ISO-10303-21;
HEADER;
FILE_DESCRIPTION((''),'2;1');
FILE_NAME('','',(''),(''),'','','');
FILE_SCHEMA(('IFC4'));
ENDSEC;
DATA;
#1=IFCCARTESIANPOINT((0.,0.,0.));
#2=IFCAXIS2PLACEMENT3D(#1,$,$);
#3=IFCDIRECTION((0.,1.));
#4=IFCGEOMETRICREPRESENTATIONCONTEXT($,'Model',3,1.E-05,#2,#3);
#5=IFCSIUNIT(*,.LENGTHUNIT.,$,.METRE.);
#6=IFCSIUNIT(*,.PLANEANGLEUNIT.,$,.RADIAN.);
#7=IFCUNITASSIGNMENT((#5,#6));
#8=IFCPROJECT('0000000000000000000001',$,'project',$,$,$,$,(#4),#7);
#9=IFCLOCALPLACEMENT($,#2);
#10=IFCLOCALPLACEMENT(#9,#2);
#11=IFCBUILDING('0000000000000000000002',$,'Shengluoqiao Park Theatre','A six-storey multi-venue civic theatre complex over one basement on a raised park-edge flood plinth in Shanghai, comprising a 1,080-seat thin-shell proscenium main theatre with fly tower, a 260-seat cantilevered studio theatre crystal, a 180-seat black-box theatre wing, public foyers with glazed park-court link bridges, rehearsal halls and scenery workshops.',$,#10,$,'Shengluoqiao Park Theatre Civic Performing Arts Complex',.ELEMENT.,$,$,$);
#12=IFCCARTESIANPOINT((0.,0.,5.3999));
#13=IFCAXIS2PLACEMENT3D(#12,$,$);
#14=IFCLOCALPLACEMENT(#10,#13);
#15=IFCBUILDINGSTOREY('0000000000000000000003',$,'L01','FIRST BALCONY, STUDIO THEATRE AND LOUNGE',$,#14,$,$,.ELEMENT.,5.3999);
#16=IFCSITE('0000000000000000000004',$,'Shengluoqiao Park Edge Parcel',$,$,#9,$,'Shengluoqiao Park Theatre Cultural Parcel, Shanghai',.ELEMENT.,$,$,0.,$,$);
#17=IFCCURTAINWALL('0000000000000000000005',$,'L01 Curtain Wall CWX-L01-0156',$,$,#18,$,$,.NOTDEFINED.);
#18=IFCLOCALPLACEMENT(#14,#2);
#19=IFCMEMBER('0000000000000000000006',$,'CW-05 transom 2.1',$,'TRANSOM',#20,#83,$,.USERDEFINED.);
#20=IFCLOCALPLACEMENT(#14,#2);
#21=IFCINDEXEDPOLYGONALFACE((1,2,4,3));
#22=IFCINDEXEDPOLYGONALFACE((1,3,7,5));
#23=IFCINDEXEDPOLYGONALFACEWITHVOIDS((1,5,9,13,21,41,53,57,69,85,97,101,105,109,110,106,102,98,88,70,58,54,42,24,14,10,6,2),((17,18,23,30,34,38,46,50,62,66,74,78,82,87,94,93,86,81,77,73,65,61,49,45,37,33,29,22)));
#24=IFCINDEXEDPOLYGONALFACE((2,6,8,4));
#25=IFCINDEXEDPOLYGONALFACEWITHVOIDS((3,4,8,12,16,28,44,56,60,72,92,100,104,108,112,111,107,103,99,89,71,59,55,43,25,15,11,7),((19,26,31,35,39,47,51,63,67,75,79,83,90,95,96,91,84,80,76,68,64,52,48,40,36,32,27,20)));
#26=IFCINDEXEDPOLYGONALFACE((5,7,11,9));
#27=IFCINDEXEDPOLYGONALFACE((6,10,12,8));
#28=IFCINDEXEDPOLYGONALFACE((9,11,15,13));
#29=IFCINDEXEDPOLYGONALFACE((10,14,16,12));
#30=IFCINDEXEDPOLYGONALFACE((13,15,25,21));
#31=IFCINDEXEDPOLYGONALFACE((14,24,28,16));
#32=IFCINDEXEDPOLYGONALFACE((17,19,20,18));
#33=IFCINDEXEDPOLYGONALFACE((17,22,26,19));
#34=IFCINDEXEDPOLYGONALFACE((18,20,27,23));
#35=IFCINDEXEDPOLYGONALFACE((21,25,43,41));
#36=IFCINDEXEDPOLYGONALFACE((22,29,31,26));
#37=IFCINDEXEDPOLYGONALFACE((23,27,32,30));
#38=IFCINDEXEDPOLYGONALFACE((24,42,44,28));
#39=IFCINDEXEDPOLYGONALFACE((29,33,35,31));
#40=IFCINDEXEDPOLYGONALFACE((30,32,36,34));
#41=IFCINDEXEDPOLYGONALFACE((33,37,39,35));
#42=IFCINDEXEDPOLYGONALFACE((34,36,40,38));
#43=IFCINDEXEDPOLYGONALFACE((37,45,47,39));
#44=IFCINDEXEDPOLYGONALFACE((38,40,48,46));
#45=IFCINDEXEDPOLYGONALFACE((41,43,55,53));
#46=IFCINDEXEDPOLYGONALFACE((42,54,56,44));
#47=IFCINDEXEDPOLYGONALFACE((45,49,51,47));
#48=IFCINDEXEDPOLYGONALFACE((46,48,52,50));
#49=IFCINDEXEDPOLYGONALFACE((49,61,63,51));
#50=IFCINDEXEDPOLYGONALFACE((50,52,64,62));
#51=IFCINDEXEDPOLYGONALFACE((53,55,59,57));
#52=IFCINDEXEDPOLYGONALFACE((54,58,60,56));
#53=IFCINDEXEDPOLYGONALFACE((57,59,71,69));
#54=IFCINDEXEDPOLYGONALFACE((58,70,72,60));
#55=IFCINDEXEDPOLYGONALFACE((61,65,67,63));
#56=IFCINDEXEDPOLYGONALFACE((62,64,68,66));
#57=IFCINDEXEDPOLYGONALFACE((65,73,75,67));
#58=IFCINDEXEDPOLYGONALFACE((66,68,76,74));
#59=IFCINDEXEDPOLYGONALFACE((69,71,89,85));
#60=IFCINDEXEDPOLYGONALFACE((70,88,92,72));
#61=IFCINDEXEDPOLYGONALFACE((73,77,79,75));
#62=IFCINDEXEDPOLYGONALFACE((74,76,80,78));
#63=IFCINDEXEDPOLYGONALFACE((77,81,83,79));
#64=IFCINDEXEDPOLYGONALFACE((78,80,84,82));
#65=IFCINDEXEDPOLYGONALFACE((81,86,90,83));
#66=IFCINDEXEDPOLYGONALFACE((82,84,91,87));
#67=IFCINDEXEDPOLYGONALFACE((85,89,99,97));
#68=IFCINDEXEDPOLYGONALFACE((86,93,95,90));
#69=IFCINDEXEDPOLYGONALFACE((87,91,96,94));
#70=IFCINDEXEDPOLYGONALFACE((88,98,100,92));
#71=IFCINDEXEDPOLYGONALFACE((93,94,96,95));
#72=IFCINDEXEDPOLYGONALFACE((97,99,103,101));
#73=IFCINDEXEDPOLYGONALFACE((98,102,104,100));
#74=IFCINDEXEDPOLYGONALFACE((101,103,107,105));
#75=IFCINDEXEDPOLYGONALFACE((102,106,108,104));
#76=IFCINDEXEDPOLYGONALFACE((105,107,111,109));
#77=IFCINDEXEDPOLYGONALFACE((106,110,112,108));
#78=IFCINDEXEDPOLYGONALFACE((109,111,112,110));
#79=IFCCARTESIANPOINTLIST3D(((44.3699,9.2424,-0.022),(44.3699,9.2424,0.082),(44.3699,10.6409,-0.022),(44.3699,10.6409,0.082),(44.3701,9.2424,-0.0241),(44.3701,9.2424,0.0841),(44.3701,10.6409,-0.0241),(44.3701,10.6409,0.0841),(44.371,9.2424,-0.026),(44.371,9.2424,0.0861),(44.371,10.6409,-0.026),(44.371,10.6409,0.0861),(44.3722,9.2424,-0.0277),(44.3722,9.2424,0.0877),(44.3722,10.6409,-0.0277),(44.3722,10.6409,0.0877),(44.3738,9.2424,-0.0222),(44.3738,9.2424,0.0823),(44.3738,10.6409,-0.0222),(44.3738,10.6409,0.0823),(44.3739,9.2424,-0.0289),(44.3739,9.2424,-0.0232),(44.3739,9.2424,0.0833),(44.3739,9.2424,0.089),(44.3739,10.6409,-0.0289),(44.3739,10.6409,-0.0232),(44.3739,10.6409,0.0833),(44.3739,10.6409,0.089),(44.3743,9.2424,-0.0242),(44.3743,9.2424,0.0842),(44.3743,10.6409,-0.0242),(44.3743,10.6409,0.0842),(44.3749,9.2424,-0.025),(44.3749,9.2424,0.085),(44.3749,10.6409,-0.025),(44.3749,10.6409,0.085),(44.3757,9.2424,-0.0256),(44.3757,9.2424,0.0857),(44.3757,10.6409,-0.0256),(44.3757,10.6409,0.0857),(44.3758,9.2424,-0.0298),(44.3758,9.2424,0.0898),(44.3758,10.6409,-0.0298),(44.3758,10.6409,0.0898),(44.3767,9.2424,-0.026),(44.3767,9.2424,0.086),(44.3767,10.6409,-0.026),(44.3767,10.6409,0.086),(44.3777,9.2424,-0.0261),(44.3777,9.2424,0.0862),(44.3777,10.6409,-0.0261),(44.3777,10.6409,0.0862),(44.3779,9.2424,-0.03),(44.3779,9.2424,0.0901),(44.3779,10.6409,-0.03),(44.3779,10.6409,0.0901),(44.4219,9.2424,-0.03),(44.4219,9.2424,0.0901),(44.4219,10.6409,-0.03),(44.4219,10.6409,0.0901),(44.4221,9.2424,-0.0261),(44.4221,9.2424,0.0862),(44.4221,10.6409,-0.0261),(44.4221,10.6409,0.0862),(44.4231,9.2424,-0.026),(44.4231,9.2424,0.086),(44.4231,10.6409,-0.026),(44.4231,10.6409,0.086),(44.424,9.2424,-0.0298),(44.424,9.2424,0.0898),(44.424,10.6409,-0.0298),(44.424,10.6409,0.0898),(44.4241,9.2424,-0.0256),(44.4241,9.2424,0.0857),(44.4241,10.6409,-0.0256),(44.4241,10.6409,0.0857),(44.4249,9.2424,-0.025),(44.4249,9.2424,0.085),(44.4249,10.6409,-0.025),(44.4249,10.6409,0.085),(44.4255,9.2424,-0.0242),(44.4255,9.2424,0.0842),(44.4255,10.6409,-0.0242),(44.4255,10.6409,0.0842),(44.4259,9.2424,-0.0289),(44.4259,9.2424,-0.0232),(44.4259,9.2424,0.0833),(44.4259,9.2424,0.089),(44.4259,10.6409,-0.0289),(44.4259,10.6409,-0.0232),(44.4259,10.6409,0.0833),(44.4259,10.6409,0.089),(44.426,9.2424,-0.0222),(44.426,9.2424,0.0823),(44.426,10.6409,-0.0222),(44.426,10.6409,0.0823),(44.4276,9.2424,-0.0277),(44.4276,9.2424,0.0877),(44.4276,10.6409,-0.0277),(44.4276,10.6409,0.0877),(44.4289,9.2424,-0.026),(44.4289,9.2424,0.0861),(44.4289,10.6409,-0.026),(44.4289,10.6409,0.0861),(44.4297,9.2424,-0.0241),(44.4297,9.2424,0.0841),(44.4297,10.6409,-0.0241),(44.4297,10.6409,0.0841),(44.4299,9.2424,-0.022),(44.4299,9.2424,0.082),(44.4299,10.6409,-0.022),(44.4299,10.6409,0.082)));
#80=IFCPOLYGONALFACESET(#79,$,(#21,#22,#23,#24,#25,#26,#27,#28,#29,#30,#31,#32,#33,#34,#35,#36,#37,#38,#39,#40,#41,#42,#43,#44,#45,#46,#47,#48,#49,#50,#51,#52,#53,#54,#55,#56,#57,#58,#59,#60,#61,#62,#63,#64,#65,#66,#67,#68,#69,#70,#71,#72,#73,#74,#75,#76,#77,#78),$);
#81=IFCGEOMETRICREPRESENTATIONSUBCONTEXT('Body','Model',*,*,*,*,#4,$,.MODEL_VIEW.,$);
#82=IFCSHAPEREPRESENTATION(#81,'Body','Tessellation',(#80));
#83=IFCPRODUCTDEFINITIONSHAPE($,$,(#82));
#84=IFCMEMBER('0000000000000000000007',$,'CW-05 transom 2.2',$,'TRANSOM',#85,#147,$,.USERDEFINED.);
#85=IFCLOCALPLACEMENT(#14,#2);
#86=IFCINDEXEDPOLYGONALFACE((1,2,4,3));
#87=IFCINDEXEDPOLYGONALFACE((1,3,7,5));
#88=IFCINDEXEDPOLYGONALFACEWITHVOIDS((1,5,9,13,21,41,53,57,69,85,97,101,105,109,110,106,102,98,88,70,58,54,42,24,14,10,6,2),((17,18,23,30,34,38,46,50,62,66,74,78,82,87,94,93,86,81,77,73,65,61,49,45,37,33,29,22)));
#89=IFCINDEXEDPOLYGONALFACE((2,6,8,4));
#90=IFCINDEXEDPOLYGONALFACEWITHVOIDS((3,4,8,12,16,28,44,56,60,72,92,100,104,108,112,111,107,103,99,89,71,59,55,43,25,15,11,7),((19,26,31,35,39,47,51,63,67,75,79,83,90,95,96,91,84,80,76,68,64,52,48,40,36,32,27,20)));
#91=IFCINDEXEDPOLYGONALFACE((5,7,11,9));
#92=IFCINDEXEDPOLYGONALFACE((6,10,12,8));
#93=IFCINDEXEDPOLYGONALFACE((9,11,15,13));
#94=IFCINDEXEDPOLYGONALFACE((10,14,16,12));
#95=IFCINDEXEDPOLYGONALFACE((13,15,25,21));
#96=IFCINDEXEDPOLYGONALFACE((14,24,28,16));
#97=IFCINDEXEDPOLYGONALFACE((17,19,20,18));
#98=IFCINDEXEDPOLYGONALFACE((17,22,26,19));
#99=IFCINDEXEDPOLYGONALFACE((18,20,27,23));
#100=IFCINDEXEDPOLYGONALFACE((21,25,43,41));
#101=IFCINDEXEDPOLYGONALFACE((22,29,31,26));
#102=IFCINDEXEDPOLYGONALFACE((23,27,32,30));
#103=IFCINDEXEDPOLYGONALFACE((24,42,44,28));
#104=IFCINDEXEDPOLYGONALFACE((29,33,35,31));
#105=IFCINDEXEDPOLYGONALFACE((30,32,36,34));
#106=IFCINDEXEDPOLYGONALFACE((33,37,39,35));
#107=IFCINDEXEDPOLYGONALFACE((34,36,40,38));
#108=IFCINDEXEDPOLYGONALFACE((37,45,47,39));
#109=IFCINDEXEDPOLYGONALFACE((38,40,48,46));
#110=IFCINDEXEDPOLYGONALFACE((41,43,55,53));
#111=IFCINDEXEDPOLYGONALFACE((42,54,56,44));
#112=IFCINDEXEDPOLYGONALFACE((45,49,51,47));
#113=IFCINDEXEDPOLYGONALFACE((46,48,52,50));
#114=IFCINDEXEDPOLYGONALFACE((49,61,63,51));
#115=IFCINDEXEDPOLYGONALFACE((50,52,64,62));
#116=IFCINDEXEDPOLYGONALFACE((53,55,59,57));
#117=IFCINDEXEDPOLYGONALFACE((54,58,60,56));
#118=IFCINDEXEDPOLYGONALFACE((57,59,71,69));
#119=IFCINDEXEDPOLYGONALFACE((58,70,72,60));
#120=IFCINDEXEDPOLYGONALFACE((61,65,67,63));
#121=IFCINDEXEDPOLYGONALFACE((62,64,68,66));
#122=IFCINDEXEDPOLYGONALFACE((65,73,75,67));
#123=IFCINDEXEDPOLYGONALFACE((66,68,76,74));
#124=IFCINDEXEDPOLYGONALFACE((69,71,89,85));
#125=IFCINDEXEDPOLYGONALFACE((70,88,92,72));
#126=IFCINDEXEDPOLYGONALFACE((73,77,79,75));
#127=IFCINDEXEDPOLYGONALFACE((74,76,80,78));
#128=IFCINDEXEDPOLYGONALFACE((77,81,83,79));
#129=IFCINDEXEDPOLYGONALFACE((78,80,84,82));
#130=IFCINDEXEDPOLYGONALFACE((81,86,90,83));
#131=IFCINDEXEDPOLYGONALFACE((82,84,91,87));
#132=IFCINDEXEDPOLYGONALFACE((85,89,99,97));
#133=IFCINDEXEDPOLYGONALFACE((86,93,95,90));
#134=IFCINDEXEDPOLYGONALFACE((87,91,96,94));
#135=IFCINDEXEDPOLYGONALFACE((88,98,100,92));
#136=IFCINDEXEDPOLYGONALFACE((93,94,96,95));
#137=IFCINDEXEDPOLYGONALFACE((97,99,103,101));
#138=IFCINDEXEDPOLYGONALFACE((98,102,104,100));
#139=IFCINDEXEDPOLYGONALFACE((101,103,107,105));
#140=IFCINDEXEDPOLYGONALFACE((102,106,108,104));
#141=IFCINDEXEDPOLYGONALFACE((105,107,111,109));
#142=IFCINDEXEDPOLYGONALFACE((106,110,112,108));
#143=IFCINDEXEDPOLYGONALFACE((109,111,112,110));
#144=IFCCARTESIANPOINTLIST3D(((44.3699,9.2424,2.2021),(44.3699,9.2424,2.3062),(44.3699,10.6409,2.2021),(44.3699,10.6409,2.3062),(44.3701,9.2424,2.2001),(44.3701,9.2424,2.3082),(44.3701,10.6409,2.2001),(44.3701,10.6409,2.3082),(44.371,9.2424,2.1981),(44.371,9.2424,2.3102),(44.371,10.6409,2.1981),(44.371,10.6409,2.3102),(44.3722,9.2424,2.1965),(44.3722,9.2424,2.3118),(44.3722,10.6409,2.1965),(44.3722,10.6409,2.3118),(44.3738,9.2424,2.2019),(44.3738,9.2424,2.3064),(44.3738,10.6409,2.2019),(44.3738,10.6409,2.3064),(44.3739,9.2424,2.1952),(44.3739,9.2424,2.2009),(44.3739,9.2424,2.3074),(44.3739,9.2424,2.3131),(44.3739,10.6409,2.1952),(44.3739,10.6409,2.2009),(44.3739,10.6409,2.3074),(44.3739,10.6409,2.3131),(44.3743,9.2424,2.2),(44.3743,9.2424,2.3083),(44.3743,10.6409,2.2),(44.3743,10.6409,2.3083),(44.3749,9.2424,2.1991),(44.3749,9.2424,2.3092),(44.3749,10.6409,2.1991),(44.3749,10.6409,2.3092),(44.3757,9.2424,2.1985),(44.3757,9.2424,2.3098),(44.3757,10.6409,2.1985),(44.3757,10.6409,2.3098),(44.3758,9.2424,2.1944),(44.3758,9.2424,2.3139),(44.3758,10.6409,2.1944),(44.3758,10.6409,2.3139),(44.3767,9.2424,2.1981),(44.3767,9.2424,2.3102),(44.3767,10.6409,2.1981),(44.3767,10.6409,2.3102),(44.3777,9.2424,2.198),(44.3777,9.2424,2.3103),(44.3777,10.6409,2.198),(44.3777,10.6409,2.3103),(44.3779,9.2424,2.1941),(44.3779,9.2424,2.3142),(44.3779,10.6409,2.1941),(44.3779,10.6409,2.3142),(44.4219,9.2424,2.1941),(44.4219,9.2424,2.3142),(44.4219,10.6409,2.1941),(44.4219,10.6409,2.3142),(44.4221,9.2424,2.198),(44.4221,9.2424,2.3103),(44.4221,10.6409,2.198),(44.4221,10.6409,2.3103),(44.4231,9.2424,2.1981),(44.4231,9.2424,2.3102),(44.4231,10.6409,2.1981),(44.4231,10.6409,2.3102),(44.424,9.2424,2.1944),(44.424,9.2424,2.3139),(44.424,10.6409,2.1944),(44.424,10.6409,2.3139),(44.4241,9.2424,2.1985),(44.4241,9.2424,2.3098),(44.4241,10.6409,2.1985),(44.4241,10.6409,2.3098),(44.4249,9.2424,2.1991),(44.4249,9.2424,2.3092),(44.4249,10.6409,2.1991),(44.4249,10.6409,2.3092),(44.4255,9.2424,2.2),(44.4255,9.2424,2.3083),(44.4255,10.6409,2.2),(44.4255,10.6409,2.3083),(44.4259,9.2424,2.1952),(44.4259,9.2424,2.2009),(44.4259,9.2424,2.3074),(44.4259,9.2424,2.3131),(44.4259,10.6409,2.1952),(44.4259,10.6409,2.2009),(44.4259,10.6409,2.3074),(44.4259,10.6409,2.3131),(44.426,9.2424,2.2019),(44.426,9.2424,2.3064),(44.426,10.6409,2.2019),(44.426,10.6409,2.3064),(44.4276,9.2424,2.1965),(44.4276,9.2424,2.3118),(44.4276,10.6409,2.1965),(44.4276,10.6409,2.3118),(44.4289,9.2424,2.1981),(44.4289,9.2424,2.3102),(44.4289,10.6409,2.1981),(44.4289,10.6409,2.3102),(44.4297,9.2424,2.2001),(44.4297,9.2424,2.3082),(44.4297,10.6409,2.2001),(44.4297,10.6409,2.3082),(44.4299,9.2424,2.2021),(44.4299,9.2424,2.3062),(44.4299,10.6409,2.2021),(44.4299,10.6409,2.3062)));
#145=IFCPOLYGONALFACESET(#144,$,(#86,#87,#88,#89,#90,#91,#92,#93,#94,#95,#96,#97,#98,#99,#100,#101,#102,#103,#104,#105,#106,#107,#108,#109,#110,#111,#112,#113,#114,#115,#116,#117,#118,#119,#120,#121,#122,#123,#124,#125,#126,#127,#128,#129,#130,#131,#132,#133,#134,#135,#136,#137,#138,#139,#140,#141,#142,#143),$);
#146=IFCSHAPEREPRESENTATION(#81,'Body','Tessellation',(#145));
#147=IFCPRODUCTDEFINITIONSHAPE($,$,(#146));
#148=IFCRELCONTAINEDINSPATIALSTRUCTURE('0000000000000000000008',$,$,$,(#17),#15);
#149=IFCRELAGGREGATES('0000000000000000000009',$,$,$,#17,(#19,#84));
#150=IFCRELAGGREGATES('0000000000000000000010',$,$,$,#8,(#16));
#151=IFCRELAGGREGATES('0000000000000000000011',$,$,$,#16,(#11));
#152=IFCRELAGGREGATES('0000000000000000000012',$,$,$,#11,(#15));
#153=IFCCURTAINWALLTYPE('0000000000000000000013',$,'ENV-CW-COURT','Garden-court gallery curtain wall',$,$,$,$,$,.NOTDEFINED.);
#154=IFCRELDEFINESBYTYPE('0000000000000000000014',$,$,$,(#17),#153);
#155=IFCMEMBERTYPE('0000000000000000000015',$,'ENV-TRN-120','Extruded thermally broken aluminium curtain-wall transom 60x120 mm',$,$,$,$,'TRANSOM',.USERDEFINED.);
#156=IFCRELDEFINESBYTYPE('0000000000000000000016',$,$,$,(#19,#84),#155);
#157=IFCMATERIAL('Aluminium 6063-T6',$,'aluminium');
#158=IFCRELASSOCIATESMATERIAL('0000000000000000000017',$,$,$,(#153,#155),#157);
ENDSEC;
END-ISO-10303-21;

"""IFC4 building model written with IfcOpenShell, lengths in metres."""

from ifc_helpers import new_model, si_unit, direction, frame, origin, origin_2d, place, context, subcontext, project, spatial, hollow_rectangle, extrude, material, material_profile, profile_set, type_object, element, aggregate, save


model = new_model("IFC4")

# Units and contexts
model_context = context("Model", 3, precision=1e-05, world=origin(), true_north=direction((0.0, 1.0)))
body_context = subcontext(model_context, "Body", "Model", "MODEL_VIEW")
ifc_project = project(units=[si_unit("LENGTHUNIT", "METRE"), si_unit("PLANEANGLEUNIT", "RADIAN")], contexts=[model_context])

# Site, building, storey
site_placement = place(None, origin())
site = spatial("IfcSite", under=ifc_project, at=site_placement, Name="Shengluoqiao Park Edge Parcel", LongName="Shengluoqiao Park Theatre Cultural Parcel, Shanghai", CompositionType="ELEMENT", RefElevation=0.0)
building_placement = place(site_placement, origin())
building = spatial("IfcBuilding", under=site, at=building_placement, Name="Shengluoqiao Park Theatre", Description="A six-storey multi-venue civic theatre complex over one basement on a raised park-edge flood plinth in Shanghai, comprising a 1,080-seat thin-shell proscenium main theatre with fly tower, a 260-seat cantilevered studio theatre crystal, a 180-seat black-box theatre wing, public foyers with glazed park-court link bridges, rehearsal halls and scenery workshops.", LongName="Shengluoqiao Park Theatre Civic Performing Arts Complex", CompositionType="ELEMENT")
storey_placement = place(building_placement, frame((0.0, 0.0, 5.3999)))
storey = spatial("IfcBuildingStorey", under=building, at=storey_placement, Name="L01", Description="FIRST BALCONY, STUDIO THEATRE AND LOUNGE", CompositionType="ELEMENT", Elevation=5.3999)

# Curtain wall, members
ifc_material_1 = material(Name="Aluminium 6063-T6", Category="aluminium")
curtain_wall_type = type_object("IfcCurtainWallType", Name="ENV-CW-COURT", Description="Garden-court gallery curtain wall", PredefinedType="NOTDEFINED", material=ifc_material_1)
curtain_wall_placement = place(storey_placement, origin())
curtain_wall = element("IfcCurtainWall", 1, at=curtain_wall_placement, inside=storey, type_object=curtain_wall_type, Name="L01 Curtain Wall CWX-L01-0156", PredefinedType="NOTDEFINED")
ifc_material_profile_1 = material_profile(ifc_material_1, hollow_rectangle(XDim=0.0601, YDim=0.1201, WallThickness=0.0039, InnerFilletRadius=0.0039, OuterFilletRadius=0.0081, at=origin_2d()), Name="ALU TRANSOM 120x60x4")
ifc_profile_set_1 = profile_set([ifc_material_profile_1], Name="Aluminium 6063-T6")
member_type_1 = type_object("IfcMemberType", Name="ENV-TRN-120", Description="Extruded thermally broken aluminium curtain-wall transom 60x120 mm", ElementType="TRANSOM", PredefinedType="USERDEFINED", material=ifc_profile_set_1)
member_1_placement = place(storey_placement, frame((44.3999, 9.2424, 0.03), z_axis=(0.0, 1.0, 0.0), x_axis=(-1.0, 0.0, 0.0)))
member_1 = element("IfcMember", 2, at=member_1_placement, type_object=member_type_1, Name="CW-05 transom 2.1", ObjectType="TRANSOM", PredefinedType="USERDEFINED", context=body_context, shape_type="SweptSolid", body=[
    extrude(hollow_rectangle(XDim=0.0601, YDim=0.1201, WallThickness=0.0039, InnerFilletRadius=0.0039, OuterFilletRadius=0.0081, at=origin_2d()), origin(), (0.0, 0.0, 1.0), 1.3984),
])
member_2_placement = place(storey_placement, frame((44.3999, 9.2424, 2.2542), z_axis=(0.0, 1.0, 0.0), x_axis=(-1.0, 0.0, 0.0)))
member_2 = element("IfcMember", 3, at=member_2_placement, type_object=member_type_1, Name="CW-05 transom 2.2", ObjectType="TRANSOM", PredefinedType="USERDEFINED", context=body_context, shape_type="SweptSolid", body=[
    extrude(hollow_rectangle(XDim=0.0601, YDim=0.1201, WallThickness=0.0039, InnerFilletRadius=0.0039, OuterFilletRadius=0.0081, at=origin_2d()), origin(), (0.0, 0.0, 1.0), 1.3984),
])

aggregate(curtain_wall, [member_1, member_2])

save(model, "model.ifc")
